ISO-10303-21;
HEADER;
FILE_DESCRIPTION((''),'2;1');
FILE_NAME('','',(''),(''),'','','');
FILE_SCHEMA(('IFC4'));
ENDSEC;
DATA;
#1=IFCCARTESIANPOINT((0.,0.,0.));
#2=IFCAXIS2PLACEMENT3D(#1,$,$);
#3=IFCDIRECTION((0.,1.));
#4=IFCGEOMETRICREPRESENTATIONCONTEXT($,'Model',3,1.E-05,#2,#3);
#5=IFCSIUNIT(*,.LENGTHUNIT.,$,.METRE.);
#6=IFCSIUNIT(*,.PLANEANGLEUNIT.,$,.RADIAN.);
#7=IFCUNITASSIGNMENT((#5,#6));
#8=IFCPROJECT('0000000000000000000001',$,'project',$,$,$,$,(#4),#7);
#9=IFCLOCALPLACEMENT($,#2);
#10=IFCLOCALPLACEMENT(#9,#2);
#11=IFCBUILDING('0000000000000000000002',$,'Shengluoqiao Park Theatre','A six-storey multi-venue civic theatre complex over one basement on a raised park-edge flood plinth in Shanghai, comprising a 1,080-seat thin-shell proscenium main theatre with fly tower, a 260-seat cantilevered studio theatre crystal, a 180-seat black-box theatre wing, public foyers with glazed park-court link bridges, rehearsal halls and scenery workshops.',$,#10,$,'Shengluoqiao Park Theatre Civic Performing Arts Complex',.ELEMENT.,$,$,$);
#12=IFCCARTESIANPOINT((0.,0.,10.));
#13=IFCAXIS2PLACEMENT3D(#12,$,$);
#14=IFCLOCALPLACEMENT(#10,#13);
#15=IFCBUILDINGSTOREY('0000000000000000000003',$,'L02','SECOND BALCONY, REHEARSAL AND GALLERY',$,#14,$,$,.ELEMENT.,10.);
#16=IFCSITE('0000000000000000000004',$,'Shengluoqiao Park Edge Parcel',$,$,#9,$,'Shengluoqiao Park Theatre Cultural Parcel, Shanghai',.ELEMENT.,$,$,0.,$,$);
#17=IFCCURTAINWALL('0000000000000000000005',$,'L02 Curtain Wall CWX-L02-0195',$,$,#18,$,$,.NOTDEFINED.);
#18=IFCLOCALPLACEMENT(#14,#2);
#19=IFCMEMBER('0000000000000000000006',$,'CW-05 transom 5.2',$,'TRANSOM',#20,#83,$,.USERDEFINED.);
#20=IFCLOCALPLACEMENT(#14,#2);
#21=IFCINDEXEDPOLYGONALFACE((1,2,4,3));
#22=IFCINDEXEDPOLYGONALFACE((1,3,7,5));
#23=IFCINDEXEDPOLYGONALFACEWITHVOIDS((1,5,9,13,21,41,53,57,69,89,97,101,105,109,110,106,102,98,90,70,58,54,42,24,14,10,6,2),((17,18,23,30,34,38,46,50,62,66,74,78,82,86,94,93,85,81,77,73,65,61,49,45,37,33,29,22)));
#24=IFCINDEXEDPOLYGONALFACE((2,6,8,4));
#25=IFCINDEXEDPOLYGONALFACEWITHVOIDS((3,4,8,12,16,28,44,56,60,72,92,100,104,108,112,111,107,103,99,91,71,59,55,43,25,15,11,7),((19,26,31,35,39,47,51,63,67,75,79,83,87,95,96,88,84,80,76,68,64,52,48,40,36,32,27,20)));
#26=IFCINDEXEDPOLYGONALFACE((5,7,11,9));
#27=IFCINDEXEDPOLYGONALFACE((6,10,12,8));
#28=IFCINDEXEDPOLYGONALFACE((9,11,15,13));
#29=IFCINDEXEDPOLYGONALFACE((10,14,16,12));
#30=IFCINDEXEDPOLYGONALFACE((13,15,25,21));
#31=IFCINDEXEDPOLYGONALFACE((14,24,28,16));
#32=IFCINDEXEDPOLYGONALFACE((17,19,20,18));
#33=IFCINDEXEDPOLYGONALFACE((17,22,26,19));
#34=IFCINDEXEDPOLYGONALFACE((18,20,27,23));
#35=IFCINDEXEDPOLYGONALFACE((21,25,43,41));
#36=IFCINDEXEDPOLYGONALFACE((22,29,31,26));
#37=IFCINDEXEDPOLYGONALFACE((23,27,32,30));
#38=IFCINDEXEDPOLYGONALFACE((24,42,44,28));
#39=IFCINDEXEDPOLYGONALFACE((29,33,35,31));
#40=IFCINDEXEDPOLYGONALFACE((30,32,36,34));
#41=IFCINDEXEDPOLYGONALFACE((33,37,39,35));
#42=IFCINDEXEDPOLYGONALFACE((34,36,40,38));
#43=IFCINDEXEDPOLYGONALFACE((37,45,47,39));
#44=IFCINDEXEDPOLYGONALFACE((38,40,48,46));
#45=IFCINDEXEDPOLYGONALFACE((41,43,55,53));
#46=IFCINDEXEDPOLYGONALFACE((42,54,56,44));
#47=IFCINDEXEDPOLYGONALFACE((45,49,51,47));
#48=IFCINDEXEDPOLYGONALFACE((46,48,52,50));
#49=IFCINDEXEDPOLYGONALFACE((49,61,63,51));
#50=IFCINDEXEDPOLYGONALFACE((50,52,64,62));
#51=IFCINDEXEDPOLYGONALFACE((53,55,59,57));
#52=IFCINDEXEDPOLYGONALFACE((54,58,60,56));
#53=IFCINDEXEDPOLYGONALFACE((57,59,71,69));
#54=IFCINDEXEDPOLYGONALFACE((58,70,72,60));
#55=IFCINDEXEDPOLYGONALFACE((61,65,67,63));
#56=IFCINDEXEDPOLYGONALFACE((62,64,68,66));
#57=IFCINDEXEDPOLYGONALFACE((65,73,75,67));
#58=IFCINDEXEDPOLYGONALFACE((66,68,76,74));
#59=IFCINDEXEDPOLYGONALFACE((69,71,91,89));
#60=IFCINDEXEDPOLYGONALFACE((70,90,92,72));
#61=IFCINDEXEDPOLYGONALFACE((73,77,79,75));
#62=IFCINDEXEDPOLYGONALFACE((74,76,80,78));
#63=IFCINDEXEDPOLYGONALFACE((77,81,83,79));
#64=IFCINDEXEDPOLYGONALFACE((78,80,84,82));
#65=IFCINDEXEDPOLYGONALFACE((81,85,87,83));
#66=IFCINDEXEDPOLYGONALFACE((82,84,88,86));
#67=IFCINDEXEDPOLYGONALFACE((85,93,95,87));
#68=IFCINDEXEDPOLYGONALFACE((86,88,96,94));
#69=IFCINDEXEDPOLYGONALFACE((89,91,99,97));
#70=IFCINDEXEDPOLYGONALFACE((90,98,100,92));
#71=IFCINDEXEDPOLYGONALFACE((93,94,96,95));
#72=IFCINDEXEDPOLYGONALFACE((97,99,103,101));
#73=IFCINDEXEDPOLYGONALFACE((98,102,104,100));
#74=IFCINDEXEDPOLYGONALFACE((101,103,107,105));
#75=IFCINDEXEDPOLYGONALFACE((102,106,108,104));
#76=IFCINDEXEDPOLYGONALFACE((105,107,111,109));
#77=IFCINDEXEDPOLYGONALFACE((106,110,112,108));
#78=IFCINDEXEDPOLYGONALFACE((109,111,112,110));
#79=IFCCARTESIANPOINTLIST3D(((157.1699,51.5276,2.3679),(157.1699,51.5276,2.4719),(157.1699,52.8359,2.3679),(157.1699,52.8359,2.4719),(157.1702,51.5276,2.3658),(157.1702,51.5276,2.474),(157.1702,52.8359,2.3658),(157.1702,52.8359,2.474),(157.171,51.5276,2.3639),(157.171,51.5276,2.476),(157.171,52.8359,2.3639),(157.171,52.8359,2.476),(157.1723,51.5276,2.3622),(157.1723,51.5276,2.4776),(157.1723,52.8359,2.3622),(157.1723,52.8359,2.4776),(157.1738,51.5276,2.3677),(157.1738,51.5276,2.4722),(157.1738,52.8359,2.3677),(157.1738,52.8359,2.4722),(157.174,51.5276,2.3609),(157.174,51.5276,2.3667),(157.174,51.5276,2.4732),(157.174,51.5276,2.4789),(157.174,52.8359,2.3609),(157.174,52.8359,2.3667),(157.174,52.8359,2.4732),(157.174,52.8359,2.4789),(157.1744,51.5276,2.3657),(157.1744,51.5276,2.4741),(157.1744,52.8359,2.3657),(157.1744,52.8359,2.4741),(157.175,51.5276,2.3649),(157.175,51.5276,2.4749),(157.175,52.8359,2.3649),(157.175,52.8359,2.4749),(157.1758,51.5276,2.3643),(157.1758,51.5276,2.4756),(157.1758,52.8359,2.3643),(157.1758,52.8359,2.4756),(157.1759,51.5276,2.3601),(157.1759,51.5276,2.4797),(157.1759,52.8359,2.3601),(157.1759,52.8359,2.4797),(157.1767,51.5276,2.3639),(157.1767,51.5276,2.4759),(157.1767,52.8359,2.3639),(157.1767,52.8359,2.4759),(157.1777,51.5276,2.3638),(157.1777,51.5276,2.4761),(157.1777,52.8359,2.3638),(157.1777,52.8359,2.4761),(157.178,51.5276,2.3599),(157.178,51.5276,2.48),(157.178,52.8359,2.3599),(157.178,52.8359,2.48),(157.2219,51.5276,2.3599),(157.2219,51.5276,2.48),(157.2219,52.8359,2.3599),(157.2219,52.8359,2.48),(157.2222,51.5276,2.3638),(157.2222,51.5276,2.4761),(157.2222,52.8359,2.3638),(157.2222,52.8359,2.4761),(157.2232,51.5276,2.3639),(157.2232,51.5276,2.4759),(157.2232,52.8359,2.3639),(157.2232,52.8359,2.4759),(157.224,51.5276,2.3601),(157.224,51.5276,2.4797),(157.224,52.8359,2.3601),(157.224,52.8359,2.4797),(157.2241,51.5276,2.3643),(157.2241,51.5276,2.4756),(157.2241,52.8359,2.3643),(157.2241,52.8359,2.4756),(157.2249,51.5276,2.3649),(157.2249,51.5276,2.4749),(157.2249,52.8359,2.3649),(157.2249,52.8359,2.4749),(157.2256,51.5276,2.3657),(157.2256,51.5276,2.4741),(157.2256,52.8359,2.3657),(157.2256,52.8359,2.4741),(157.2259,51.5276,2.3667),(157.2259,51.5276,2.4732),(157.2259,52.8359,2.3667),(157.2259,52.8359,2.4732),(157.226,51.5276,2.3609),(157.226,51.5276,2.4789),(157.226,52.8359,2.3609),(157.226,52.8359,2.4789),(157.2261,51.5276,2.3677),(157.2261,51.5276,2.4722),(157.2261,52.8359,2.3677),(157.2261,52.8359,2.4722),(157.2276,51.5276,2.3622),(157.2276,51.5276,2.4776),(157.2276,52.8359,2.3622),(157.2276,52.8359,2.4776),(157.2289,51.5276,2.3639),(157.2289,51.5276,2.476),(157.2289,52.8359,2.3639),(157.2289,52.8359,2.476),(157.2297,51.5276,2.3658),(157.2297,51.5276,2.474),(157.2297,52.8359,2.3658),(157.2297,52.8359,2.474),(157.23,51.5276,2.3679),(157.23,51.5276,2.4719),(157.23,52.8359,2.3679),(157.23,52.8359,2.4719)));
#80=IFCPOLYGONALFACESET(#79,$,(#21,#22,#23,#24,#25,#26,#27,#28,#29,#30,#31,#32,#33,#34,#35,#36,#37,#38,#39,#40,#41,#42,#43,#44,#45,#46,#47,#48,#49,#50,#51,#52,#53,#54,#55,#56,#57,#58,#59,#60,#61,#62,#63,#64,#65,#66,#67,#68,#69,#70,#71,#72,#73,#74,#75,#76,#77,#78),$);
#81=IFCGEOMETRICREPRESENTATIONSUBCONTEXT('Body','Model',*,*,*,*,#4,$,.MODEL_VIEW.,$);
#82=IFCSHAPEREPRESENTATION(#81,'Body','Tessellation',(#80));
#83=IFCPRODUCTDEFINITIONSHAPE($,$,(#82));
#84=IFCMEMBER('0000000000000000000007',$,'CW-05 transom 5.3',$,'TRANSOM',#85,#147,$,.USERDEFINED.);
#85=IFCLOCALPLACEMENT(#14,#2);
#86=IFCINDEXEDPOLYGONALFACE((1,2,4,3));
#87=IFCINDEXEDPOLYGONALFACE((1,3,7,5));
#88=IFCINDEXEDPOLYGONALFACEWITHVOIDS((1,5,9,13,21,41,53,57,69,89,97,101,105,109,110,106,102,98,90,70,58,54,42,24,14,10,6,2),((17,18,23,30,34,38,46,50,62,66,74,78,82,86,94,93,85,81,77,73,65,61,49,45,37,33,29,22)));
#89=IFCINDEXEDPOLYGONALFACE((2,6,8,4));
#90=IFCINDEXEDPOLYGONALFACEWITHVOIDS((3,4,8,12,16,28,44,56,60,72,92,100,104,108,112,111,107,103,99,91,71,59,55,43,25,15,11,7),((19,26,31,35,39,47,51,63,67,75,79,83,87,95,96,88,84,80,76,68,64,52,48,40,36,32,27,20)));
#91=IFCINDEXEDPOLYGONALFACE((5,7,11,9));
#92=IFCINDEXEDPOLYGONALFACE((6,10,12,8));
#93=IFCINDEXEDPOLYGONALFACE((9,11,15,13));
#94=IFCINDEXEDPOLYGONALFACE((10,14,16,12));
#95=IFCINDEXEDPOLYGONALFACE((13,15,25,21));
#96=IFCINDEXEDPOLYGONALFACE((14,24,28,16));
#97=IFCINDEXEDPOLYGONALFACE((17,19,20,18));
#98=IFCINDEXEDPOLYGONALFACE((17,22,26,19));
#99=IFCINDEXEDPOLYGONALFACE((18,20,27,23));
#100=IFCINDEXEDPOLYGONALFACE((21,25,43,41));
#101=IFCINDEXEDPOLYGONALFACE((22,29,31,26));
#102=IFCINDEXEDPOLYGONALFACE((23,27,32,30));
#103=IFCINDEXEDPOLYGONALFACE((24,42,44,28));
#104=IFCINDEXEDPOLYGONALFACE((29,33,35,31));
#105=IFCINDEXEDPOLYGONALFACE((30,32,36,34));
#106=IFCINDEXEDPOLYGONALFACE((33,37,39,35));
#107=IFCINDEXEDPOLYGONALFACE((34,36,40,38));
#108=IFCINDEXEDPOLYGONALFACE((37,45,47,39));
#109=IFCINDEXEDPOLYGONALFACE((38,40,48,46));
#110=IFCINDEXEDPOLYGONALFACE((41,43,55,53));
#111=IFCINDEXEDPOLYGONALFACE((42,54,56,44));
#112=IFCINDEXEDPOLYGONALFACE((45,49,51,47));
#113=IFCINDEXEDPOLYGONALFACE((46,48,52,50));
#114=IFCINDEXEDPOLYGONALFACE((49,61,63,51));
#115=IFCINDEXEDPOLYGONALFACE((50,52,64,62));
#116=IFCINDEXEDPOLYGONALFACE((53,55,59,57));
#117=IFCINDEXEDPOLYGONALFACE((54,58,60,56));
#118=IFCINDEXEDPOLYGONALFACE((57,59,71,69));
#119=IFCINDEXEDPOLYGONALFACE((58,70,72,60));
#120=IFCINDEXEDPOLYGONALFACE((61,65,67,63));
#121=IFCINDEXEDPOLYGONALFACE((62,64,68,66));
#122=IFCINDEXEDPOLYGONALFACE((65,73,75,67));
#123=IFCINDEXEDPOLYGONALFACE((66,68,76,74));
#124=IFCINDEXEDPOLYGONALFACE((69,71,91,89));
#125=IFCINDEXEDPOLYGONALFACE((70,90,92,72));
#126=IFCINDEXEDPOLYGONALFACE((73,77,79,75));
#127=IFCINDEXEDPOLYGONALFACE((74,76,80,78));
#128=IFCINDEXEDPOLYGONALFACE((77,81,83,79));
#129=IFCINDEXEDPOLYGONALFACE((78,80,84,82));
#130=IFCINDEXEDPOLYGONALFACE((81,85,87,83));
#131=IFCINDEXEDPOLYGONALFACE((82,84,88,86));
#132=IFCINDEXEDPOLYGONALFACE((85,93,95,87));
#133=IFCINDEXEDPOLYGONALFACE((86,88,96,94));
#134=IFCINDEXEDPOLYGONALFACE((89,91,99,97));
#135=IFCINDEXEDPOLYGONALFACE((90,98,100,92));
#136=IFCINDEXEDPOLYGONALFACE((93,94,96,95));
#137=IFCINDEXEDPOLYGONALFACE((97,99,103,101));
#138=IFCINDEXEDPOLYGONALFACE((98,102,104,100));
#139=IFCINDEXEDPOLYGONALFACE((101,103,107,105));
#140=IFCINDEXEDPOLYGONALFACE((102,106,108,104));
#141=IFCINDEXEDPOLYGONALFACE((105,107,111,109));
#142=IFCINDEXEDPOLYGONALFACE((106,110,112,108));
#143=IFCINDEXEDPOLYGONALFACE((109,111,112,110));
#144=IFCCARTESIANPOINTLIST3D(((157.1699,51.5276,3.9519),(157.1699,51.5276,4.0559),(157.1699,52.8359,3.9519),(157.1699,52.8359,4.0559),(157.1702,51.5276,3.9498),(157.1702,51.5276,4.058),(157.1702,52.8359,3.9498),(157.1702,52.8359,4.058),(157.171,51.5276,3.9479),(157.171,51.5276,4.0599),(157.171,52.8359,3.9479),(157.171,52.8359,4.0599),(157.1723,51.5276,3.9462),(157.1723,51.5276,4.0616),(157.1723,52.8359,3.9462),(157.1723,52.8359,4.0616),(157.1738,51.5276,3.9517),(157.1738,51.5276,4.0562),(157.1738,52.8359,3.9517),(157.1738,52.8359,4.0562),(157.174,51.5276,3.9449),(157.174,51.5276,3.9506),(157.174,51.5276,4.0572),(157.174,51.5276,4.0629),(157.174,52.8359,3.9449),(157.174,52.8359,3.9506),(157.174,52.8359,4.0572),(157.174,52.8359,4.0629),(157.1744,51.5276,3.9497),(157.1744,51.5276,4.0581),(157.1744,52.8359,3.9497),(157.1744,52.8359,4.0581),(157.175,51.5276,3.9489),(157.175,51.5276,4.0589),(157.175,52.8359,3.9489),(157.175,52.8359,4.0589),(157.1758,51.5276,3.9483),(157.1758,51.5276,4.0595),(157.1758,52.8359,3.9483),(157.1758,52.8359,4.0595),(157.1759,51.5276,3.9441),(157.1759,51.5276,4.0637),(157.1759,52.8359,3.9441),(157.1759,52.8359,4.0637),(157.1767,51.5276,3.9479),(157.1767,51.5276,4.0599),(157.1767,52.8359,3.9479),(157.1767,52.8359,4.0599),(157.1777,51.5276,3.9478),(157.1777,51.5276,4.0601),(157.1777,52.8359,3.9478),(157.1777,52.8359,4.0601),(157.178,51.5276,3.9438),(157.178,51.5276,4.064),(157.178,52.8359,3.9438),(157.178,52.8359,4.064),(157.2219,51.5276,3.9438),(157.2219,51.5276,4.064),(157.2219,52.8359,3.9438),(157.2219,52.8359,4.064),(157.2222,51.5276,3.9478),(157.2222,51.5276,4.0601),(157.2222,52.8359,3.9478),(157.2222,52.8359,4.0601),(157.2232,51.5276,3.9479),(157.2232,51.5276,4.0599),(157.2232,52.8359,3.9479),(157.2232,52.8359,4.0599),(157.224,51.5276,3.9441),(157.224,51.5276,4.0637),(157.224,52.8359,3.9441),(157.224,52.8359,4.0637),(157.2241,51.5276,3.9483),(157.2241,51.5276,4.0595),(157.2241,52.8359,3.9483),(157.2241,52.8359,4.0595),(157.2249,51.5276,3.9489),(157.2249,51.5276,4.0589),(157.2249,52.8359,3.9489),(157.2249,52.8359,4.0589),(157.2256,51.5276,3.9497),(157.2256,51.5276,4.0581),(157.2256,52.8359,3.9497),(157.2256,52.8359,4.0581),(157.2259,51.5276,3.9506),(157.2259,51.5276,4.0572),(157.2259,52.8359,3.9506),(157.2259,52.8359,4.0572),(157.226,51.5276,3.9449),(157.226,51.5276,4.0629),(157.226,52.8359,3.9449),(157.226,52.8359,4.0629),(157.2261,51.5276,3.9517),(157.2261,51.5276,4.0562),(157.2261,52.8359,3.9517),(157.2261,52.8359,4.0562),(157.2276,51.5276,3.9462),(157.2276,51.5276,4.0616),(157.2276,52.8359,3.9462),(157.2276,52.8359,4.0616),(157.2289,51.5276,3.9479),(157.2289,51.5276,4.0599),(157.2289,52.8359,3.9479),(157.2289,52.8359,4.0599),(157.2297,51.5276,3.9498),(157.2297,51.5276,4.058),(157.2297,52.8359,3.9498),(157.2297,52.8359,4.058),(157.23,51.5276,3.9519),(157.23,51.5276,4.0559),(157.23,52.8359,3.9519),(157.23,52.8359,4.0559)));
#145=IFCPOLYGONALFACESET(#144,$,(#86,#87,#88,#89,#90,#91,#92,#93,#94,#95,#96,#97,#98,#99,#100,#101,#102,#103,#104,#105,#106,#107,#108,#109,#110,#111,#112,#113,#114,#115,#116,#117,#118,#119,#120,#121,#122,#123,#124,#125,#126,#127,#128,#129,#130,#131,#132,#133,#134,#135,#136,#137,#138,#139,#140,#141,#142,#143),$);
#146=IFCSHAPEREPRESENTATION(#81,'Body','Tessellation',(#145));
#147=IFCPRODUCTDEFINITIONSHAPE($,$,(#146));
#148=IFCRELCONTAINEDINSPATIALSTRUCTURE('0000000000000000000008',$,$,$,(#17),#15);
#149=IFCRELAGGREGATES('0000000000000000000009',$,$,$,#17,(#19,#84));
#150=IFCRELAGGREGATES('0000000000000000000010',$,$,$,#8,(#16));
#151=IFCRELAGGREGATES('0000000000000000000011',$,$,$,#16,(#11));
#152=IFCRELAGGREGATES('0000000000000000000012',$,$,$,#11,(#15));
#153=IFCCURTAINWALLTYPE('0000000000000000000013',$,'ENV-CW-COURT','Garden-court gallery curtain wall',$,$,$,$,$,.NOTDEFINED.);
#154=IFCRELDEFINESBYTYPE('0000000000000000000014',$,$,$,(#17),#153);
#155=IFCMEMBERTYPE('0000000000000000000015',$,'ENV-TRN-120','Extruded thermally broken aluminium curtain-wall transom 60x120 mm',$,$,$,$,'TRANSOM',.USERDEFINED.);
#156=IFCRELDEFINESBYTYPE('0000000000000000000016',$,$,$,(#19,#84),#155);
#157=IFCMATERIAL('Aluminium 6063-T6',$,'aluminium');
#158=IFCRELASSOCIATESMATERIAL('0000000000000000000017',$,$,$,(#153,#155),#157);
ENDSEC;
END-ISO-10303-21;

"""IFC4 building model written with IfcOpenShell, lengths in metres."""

from ifc_helpers import new_model, si_unit, direction, frame, origin, origin_2d, place, context, subcontext, project, spatial, hollow_rectangle, extrude, material, material_profile, profile_set, type_object, element, aggregate, save


model = new_model("IFC4")

# Units and contexts
model_context = context("Model", 3, precision=1e-05, world=origin(), true_north=direction((0.0, 1.0)))
body_context = subcontext(model_context, "Body", "Model", "MODEL_VIEW")
ifc_project = project(units=[si_unit("LENGTHUNIT", "METRE"), si_unit("PLANEANGLEUNIT", "RADIAN")], contexts=[model_context])

# Site, building, storey
site_placement = place(None, origin())
site = spatial("IfcSite", under=ifc_project, at=site_placement, Name="Shengluoqiao Park Edge Parcel", LongName="Shengluoqiao Park Theatre Cultural Parcel, Shanghai", CompositionType="ELEMENT", RefElevation=0.0)
building_placement = place(site_placement, origin())
building = spatial("IfcBuilding", under=site, at=building_placement, Name="Shengluoqiao Park Theatre", Description="A six-storey multi-venue civic theatre complex over one basement on a raised park-edge flood plinth in Shanghai, comprising a 1,080-seat thin-shell proscenium main theatre with fly tower, a 260-seat cantilevered studio theatre crystal, a 180-seat black-box theatre wing, public foyers with glazed park-court link bridges, rehearsal halls and scenery workshops.", LongName="Shengluoqiao Park Theatre Civic Performing Arts Complex", CompositionType="ELEMENT")
storey_placement = place(building_placement, frame((0.0, 0.0, 10.0)))
storey = spatial("IfcBuildingStorey", under=building, at=storey_placement, Name="L02", Description="SECOND BALCONY, REHEARSAL AND GALLERY", CompositionType="ELEMENT", Elevation=10.0)

# Curtain wall
ifc_material_1 = material(Name="Aluminium 6063-T6", Category="aluminium")
curtain_wall_type = type_object("IfcCurtainWallType", Name="ENV-CW-COURT", Description="Garden-court gallery curtain wall", PredefinedType="NOTDEFINED", material=ifc_material_1)
curtain_wall_1_placement = place(storey_placement, origin())
curtain_wall_1 = element("IfcCurtainWall", 1, at=curtain_wall_1_placement, inside=storey, type_object=curtain_wall_type, Name="L02 Curtain Wall CWX-L02-0195", PredefinedType="NOTDEFINED")

# Members
ifc_material_profile_1 = material_profile(ifc_material_1, hollow_rectangle(XDim=0.0601, YDim=0.1201, WallThickness=0.0039, InnerFilletRadius=0.0039, OuterFilletRadius=0.0081, at=origin_2d()), Name="ALU TRANSOM 120x60x4")
ifc_profile_set_1 = profile_set([ifc_material_profile_1], Name="Aluminium 6063-T6")
member_type_1 = type_object("IfcMemberType", Name="ENV-TRN-120", Description="Extruded thermally broken aluminium curtain-wall transom 60x120 mm", ElementType="TRANSOM", PredefinedType="USERDEFINED", material=ifc_profile_set_1)
member_1_placement = place(storey_placement, frame((157.2, 51.5276, 2.4199), z_axis=(0.0, 1.0, 0.0), x_axis=(-1.0, 0.0, 0.0)))
member_1 = element("IfcMember", 2, at=member_1_placement, type_object=member_type_1, Name="CW-05 transom 5.2", ObjectType="TRANSOM", PredefinedType="USERDEFINED", context=body_context, shape_type="SweptSolid", body=[
    extrude(hollow_rectangle(XDim=0.0601, YDim=0.1201, WallThickness=0.0039, InnerFilletRadius=0.0039, OuterFilletRadius=0.0081, at=origin_2d()), origin(), (0.0, 0.0, 1.0), 1.3083),
])
member_2_placement = place(storey_placement, frame((157.2, 51.5276, 4.0039), z_axis=(0.0, 1.0, 0.0), x_axis=(-1.0, 0.0, 0.0)))
member_2 = element("IfcMember", 3, at=member_2_placement, type_object=member_type_1, Name="CW-05 transom 5.3", ObjectType="TRANSOM", PredefinedType="USERDEFINED", context=body_context, shape_type="SweptSolid", body=[
    extrude(hollow_rectangle(XDim=0.0601, YDim=0.1201, WallThickness=0.0039, InnerFilletRadius=0.0039, OuterFilletRadius=0.0081, at=origin_2d()), origin(), (0.0, 0.0, 1.0), 1.3083),
])

aggregate(curtain_wall_1, [member_1, member_2])

save(model, "model.ifc")
